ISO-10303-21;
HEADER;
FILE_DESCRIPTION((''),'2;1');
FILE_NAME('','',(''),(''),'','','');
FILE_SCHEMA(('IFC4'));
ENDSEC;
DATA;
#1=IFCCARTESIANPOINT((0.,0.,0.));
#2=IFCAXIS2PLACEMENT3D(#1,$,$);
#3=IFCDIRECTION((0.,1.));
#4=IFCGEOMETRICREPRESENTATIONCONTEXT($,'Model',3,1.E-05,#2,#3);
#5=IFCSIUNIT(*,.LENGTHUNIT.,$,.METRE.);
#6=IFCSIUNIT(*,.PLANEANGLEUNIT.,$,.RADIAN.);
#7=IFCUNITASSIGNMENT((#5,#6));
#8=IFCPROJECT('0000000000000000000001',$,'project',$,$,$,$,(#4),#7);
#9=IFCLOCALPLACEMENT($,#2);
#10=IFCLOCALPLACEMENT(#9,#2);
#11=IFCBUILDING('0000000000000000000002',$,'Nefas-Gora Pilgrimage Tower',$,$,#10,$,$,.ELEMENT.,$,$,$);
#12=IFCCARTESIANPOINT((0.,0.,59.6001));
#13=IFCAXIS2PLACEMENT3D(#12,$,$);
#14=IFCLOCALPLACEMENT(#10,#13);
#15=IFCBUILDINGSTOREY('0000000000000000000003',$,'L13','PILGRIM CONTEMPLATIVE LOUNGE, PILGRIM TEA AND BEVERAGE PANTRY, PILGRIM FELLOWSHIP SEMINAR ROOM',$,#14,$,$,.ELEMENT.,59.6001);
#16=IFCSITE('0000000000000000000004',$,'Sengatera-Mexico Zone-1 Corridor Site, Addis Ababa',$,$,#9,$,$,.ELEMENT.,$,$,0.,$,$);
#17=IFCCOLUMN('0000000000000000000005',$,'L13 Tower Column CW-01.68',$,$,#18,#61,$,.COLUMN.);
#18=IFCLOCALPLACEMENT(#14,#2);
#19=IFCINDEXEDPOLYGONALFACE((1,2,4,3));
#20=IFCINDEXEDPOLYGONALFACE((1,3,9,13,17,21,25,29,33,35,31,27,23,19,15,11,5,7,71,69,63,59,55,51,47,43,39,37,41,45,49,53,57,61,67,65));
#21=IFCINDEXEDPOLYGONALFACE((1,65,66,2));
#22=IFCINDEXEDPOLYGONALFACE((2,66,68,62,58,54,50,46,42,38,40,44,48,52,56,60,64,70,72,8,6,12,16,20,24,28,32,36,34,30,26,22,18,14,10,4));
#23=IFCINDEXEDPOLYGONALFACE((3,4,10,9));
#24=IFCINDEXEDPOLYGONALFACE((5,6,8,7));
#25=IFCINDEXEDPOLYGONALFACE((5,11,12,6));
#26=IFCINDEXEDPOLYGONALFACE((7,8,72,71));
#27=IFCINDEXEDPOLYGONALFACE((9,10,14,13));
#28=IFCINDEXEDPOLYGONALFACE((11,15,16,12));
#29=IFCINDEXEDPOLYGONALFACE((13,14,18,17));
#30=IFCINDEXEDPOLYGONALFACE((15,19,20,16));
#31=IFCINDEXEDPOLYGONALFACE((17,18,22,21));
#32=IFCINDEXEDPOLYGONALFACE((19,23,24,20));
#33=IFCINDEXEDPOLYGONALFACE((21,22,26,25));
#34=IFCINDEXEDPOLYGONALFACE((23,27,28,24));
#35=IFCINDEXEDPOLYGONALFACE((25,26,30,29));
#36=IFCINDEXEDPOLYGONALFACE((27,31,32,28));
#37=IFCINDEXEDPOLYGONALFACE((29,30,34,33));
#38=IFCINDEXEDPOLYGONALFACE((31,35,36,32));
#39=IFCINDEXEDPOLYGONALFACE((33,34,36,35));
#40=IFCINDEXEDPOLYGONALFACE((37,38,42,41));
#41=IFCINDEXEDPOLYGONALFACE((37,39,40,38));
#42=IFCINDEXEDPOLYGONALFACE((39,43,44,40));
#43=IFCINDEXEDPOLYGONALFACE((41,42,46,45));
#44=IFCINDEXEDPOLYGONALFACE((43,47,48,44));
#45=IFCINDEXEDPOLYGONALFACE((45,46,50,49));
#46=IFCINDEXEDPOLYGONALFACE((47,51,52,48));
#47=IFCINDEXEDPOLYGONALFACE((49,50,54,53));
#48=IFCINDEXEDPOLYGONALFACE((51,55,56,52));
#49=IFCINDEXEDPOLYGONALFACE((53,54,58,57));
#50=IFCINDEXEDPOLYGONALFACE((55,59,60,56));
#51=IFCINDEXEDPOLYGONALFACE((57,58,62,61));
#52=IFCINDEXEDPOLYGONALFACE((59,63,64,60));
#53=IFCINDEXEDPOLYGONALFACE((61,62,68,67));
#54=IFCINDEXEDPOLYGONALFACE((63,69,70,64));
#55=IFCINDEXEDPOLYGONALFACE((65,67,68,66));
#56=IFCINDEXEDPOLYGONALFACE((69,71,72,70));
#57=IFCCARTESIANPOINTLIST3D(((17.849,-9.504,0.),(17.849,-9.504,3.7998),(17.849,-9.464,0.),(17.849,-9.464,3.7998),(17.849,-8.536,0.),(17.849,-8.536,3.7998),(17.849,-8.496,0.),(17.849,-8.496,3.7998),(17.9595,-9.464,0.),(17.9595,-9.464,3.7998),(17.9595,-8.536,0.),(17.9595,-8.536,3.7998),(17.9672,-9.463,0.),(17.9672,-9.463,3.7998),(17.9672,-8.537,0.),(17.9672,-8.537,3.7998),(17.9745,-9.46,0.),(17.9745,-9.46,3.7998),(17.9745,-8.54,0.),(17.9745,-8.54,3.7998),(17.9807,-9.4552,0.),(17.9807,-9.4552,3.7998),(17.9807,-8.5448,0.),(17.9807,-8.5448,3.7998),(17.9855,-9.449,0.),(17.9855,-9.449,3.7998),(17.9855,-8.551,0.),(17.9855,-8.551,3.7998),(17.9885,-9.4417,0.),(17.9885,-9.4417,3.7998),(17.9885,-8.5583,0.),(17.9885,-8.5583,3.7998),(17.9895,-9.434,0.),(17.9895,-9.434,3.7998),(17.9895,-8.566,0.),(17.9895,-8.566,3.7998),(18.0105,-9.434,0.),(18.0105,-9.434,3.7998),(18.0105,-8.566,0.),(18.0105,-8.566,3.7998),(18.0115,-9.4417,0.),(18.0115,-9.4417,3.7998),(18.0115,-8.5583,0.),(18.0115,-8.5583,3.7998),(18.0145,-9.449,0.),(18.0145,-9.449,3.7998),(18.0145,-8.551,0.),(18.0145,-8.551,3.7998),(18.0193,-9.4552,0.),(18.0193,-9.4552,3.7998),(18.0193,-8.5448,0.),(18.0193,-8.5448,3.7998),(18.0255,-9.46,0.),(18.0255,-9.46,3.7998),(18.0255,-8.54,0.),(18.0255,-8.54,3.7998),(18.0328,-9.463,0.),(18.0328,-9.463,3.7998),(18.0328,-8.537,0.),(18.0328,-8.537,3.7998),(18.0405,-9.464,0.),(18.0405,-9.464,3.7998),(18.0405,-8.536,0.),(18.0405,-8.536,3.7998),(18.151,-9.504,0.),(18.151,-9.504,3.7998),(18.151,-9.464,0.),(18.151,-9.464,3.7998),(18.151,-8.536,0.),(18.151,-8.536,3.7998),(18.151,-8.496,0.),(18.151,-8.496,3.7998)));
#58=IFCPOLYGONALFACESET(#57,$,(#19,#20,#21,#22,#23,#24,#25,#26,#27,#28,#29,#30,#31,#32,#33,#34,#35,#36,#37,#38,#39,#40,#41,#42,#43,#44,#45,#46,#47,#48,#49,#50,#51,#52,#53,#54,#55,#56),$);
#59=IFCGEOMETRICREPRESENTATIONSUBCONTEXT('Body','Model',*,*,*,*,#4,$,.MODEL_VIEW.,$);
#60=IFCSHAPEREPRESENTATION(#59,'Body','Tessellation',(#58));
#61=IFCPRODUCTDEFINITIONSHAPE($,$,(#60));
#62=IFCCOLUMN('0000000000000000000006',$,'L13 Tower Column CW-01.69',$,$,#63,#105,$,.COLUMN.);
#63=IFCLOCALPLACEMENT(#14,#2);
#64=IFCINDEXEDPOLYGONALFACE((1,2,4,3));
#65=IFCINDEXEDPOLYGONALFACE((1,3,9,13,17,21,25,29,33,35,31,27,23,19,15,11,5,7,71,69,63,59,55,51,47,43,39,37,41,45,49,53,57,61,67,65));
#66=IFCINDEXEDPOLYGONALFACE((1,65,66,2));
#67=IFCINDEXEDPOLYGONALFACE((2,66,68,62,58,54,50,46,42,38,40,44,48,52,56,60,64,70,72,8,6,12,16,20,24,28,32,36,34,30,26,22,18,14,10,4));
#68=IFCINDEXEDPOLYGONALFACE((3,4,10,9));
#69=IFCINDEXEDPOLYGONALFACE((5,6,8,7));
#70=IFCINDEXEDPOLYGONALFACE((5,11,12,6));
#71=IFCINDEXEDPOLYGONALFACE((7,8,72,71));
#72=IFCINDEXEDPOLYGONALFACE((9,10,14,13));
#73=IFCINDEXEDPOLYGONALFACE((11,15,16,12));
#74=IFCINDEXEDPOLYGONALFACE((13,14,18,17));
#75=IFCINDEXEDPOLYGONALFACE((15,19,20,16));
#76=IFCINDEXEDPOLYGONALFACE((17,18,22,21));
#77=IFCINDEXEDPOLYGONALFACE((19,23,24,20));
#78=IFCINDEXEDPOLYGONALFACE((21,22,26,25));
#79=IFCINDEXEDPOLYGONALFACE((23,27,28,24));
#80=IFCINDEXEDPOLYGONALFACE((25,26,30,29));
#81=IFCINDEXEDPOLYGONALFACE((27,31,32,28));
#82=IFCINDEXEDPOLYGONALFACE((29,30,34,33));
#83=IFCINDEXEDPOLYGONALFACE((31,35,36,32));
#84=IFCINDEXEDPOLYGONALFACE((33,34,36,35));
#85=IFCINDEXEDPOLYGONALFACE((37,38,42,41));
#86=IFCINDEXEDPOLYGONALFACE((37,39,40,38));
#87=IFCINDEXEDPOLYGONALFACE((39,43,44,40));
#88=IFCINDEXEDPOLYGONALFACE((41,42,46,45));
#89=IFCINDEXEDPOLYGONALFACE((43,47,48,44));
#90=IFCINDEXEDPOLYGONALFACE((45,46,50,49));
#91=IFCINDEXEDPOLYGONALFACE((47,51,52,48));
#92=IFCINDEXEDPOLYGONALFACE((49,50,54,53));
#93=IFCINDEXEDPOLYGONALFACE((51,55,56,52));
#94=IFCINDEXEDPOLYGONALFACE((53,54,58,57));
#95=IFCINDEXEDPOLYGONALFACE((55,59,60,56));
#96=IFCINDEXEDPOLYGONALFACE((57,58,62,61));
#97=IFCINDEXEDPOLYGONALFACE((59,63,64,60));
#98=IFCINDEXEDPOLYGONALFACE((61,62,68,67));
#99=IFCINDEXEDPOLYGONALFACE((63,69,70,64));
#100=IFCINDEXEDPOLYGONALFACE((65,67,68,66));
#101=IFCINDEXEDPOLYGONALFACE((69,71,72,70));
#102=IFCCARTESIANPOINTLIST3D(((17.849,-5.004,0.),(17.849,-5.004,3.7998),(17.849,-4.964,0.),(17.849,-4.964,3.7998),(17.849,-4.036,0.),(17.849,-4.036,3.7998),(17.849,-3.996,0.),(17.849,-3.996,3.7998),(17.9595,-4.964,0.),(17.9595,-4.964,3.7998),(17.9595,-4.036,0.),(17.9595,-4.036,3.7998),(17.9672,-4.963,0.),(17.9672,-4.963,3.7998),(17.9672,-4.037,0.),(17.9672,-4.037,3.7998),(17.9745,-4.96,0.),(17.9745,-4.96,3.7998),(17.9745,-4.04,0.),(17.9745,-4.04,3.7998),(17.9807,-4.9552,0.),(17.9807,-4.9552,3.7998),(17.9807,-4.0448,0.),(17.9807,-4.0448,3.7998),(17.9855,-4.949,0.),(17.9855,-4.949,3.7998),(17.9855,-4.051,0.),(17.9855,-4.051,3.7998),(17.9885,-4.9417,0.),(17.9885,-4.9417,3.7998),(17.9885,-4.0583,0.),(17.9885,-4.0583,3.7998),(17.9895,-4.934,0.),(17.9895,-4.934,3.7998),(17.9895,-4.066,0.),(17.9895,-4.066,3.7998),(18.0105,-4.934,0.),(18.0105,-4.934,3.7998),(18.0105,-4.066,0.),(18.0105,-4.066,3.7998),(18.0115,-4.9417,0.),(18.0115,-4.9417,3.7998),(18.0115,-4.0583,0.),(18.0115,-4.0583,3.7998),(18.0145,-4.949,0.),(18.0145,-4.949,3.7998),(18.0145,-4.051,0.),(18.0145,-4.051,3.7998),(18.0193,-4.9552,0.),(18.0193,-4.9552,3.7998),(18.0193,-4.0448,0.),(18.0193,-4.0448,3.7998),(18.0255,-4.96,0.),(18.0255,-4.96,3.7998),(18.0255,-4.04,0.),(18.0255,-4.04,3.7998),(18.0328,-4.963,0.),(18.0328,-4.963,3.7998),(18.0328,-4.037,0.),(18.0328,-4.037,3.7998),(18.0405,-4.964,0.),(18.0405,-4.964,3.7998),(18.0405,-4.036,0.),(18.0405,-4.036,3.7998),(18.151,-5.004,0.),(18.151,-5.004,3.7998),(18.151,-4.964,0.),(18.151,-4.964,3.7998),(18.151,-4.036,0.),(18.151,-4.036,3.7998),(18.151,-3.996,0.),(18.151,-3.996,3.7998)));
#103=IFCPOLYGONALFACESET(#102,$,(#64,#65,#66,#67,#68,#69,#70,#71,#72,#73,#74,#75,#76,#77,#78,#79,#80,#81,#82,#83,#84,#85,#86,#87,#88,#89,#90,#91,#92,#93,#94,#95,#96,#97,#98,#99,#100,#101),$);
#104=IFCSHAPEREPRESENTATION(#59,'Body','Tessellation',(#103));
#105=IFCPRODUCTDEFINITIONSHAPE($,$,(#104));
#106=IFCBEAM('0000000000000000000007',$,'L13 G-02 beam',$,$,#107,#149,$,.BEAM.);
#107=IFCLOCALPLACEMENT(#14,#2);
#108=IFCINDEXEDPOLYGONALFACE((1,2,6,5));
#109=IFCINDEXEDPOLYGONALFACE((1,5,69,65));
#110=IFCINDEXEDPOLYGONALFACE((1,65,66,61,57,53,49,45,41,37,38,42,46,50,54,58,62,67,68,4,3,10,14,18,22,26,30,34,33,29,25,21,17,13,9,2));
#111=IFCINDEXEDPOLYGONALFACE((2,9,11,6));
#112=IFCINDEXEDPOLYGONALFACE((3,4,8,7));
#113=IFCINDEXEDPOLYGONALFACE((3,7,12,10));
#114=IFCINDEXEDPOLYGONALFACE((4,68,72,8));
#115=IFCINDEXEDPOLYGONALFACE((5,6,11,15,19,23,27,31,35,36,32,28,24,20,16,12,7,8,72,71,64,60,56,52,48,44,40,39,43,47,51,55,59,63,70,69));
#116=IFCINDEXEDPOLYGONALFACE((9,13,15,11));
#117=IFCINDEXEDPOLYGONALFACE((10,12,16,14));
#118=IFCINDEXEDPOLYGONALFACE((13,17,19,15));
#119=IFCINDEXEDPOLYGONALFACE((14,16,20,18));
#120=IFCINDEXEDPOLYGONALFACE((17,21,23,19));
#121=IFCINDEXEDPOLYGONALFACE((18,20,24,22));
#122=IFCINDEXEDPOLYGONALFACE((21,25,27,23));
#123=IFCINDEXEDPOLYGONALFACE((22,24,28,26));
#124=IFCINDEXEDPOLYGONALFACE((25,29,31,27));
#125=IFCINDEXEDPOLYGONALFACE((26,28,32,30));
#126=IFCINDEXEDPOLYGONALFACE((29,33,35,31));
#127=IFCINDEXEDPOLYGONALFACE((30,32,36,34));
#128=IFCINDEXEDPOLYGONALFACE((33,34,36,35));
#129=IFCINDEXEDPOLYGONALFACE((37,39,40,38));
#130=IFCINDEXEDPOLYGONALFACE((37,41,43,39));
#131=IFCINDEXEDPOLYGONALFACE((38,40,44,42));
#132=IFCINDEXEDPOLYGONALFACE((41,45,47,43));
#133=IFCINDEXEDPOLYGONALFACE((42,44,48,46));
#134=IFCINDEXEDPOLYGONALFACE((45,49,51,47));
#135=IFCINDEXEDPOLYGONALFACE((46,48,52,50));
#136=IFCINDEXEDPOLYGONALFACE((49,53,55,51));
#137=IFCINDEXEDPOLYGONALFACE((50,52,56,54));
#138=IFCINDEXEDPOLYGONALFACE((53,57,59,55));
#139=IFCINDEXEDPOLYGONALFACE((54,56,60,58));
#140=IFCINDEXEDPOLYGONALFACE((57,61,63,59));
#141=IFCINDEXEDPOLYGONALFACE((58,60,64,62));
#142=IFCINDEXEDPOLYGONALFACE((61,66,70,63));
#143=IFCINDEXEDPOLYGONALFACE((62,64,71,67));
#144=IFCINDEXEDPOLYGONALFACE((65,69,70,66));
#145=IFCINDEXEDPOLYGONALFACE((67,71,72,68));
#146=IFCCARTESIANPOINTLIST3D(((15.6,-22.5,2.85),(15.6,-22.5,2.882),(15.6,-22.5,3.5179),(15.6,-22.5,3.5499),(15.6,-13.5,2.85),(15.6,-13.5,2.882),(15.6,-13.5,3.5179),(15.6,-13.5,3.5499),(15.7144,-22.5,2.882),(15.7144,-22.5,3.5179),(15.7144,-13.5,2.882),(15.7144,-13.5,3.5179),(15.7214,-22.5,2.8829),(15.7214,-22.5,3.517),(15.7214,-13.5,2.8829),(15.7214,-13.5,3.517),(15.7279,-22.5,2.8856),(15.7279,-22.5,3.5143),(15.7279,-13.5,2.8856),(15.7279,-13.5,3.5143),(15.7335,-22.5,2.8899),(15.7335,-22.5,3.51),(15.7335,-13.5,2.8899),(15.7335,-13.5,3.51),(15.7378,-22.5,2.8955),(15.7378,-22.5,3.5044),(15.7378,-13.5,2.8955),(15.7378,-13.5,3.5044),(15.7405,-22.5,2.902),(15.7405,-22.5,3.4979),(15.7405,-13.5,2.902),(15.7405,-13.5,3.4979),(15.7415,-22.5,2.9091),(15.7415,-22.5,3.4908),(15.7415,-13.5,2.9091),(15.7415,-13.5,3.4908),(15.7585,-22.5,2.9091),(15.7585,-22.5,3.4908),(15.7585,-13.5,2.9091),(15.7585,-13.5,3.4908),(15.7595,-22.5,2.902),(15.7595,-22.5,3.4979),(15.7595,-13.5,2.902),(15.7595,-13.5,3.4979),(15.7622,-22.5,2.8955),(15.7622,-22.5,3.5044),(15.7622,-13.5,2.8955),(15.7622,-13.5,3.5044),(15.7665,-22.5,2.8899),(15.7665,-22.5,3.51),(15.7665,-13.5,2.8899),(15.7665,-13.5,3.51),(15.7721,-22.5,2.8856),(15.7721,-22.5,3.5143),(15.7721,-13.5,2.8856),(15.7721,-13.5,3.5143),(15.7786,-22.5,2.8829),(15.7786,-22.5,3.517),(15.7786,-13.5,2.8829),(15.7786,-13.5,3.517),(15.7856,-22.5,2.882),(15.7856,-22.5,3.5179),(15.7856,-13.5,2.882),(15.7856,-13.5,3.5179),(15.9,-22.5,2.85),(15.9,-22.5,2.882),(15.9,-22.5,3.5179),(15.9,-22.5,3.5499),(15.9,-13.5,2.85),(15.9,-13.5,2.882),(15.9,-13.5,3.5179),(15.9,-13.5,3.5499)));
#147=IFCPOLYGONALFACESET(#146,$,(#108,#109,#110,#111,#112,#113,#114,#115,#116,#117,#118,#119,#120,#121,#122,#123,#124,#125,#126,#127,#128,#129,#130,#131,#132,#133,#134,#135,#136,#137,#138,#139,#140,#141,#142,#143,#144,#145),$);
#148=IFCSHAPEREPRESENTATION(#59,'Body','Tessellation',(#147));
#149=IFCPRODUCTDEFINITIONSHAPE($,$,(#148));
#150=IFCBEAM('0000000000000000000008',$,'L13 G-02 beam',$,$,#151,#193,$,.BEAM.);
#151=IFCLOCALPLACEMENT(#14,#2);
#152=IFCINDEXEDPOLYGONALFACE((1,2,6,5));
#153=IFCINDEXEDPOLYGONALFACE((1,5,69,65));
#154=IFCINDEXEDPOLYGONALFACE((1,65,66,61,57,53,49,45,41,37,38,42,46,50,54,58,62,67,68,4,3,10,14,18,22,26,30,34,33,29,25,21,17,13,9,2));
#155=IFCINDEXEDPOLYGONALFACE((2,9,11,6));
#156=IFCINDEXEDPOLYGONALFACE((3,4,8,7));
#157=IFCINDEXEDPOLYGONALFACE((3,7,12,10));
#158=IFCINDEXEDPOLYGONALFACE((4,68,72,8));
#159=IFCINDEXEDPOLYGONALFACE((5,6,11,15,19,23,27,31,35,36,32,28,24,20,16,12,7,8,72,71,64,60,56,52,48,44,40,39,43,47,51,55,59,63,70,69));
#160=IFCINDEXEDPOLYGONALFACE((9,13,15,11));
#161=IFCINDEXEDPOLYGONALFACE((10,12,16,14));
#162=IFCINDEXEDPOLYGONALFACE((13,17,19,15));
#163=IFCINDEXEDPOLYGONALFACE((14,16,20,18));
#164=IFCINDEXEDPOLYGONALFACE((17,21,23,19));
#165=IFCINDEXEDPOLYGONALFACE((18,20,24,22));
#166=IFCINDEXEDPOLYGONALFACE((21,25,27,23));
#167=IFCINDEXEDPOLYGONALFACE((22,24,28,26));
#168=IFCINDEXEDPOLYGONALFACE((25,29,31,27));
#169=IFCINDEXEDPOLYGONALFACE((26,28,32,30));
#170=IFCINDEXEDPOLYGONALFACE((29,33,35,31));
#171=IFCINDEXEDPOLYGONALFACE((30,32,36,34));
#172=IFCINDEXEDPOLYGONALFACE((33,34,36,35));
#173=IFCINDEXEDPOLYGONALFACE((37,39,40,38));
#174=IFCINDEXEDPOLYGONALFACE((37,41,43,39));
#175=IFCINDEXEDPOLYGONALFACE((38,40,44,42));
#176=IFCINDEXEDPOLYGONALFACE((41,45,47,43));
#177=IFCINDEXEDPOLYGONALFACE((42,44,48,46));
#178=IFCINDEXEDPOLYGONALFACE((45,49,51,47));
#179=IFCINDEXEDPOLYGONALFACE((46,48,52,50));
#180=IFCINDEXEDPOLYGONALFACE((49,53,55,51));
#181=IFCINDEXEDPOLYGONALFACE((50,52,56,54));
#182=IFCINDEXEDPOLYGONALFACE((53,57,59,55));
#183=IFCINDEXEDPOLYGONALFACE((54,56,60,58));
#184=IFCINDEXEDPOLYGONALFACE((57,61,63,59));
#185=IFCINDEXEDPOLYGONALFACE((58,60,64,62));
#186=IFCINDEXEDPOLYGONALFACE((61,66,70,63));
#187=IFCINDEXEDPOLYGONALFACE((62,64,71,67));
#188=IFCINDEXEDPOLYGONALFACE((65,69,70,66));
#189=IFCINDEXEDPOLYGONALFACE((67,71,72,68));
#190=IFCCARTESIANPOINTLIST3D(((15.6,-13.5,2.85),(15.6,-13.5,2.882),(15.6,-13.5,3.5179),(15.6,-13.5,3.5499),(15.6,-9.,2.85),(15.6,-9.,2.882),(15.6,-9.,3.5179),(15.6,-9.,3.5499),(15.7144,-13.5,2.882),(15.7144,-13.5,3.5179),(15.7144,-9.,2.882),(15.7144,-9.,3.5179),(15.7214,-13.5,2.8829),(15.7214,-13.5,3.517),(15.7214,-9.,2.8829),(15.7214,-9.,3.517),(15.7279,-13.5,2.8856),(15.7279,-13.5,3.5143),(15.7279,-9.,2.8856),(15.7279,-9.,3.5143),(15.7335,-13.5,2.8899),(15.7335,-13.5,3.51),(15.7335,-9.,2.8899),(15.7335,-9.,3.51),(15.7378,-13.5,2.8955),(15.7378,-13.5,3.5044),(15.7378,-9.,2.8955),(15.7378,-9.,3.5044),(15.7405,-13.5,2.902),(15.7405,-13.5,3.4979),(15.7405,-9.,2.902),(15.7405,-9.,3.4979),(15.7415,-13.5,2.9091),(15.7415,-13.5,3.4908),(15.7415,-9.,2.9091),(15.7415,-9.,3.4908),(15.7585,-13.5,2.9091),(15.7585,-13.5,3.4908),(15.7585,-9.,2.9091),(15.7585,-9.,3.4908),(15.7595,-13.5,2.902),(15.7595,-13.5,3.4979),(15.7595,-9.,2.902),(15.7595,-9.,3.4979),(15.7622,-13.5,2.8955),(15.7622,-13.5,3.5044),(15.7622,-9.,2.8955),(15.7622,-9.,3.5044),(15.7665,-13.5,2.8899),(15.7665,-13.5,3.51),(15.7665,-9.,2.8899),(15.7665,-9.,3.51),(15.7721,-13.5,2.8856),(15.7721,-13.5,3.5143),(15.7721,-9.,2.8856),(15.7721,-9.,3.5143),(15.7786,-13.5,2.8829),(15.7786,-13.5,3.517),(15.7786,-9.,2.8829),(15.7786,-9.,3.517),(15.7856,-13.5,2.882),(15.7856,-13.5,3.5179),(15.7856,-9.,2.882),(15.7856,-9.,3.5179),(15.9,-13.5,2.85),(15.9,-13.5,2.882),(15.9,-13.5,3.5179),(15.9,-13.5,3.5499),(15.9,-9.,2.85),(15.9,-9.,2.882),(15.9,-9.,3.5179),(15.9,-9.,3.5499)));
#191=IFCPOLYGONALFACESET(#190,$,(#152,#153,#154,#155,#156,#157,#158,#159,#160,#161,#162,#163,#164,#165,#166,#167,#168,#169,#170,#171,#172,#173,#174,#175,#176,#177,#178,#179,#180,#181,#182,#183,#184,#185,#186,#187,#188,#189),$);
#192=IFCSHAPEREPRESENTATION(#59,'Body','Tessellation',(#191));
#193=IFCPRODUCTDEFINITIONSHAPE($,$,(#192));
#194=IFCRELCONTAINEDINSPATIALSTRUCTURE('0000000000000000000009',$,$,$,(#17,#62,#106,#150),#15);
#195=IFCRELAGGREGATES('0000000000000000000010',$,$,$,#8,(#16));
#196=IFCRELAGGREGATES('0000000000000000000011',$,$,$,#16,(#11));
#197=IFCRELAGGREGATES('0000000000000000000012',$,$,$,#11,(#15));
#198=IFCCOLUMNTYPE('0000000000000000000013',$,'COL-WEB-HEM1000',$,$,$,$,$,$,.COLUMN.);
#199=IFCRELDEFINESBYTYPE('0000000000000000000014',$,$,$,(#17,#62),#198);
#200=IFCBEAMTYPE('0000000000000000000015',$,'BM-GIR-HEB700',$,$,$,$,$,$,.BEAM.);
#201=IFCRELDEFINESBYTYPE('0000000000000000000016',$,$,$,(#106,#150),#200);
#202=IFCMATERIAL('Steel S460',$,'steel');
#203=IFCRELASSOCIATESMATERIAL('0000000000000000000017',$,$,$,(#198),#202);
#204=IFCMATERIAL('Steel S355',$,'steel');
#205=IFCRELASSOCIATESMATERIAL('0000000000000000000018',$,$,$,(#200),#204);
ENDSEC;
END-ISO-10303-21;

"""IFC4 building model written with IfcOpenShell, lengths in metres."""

from ifc_helpers import new_model, si_unit, direction, frame, origin, origin_2d, place, context, subcontext, project, spatial, i_section, extrude, source, transform, mapped, material, material_profile, profile_set, type_object, element, save


model = new_model("IFC4")

# Units and contexts
model_context = context("Model", 3, precision=1e-05, world=origin(), true_north=direction((0.0, 1.0)))
body_context = subcontext(model_context, "Body", "Model", "MODEL_VIEW")
ifc_project = project(units=[si_unit("LENGTHUNIT", "METRE"), si_unit("PLANEANGLEUNIT", "RADIAN")], contexts=[model_context])

# Site, building, storey
site_placement = place(None, origin())
site = spatial("IfcSite", under=ifc_project, at=site_placement, Name="Sengatera-Mexico Zone-1 Corridor Site, Addis Ababa", CompositionType="ELEMENT", RefElevation=0.0)
building_placement = place(site_placement, origin())
building = spatial("IfcBuilding", under=site, at=building_placement, Name="Nefas-Gora Pilgrimage Tower", CompositionType="ELEMENT")
storey_placement = place(building_placement, frame((0.0, 0.0, 59.6001)))
storey = spatial("IfcBuildingStorey", under=building, at=storey_placement, Name="L13", Description="PILGRIM CONTEMPLATIVE LOUNGE, PILGRIM TEA AND BEVERAGE PANTRY, PILGRIM FELLOWSHIP SEMINAR ROOM", CompositionType="ELEMENT", Elevation=59.6001)

# Columns
ifc_material_1 = material(Name="Steel S460", Category="steel")
ifc_material_profile_1 = material_profile(ifc_material_1, i_section(OverallWidth=0.302, OverallDepth=1.0081, WebThickness=0.021, FlangeThickness=0.04, FilletRadius=0.03, at=origin_2d()), Name="HEM 1000")
ifc_profile_set_1 = profile_set([ifc_material_profile_1], Name="Steel S460")
column_type_1 = type_object("IfcColumnType", Name="COL-WEB-HEM1000", PredefinedType="COLUMN", material=ifc_profile_set_1)
shared_shape_1 = source(origin(), body_context, "Body", "SweptSolid", [
    extrude(i_section(OverallWidth=0.302, OverallDepth=1.0081, WebThickness=0.021, FlangeThickness=0.04, FilletRadius=0.03, at=origin_2d()), origin(), (0.0, 0.0, 1.0), 3.7998),
])
for number, where, z_axis, x_axis, name in (
    (1, (18.0, -9.0, 0.0), (0.0, 0.0, 1.0), (1.0, 0.0, 0.0), "L13 Tower Column CW-01.68"),
    (2, (18.0, -4.5, 0.0), (0.0, 0.0, 1.0), (1.0, 0.0, 0.0), "L13 Tower Column CW-01.69"),
):
    element("IfcColumn", number, at=place(storey_placement, frame(where, z_axis=z_axis, x_axis=x_axis)), inside=storey, type_object=column_type_1, Name=name, PredefinedType="COLUMN", context=body_context, shape_type="MappedRepresentation", body=[
        mapped(shared_shape_1, transform((0.0, 0.0, 0.0), x_axis=(1.0, 0.0, 0.0), y_axis=(0.0, 1.0, 0.0), z_axis=(0.0, 0.0, 1.0), scale=1.0)),
    ])

# Beams
ifc_material_2 = material(Name="Steel S355", Category="steel")
ifc_material_profile_2 = material_profile(ifc_material_2, i_section(OverallWidth=0.3, OverallDepth=0.7, WebThickness=0.0171, FlangeThickness=0.032, FilletRadius=0.0271, at=origin_2d()), Name="HEB 700")
ifc_profile_set_2 = profile_set([ifc_material_profile_2], Name="Steel S355")
beam_type_1 = type_object("IfcBeamType", Name="BM-GIR-HEB700", PredefinedType="BEAM", material=ifc_profile_set_2)
shared_shape_2 = source(origin(), body_context, "Body", "SweptSolid", [
    extrude(i_section(OverallWidth=0.3, OverallDepth=0.7, WebThickness=0.0171, FlangeThickness=0.032, FilletRadius=0.0271, at=origin_2d()), origin(), (0.0, 0.0, 1.0), 9.0),
])
beam_placement = place(storey_placement, frame((15.75, -22.5, 3.2), z_axis=(0.0, 1.0, 0.0), x_axis=(-1.0, 0.0, 0.0)))
element("IfcBeam", 3, at=beam_placement, inside=storey, type_object=beam_type_1, Name="L13 G-02 beam", PredefinedType="BEAM", context=body_context, shape_type="MappedRepresentation", body=[
    mapped(shared_shape_2, transform((0.0, 0.0, 0.0), x_axis=(1.0, 0.0, 0.0), y_axis=(0.0, 1.0, 0.0), z_axis=(0.0, 0.0, 1.0), scale=1.0)),
])
shared_shape_3 = source(origin(), body_context, "Body", "SweptSolid", [
    extrude(i_section(OverallWidth=0.3, OverallDepth=0.7, WebThickness=0.0171, FlangeThickness=0.032, FilletRadius=0.0271, at=origin_2d()), origin(), (0.0, 0.0, 1.0), 4.5),
])
for number, where, z_axis, x_axis, name in (
    (4, (15.75, -13.5, 3.2), (0.0, 1.0, 0.0), (-1.0, 0.0, 0.0), "L13 G-02 beam"),
):
    element("IfcBeam", number, at=place(storey_placement, frame(where, z_axis=z_axis, x_axis=x_axis)), inside=storey, type_object=beam_type_1, Name=name, PredefinedType="BEAM", context=body_context, shape_type="MappedRepresentation", body=[
        mapped(shared_shape_3, transform((0.0, 0.0, 0.0), x_axis=(1.0, 0.0, 0.0), y_axis=(0.0, 1.0, 0.0), z_axis=(0.0, 0.0, 1.0), scale=1.0)),
    ])

save(model, "model.ifc")
